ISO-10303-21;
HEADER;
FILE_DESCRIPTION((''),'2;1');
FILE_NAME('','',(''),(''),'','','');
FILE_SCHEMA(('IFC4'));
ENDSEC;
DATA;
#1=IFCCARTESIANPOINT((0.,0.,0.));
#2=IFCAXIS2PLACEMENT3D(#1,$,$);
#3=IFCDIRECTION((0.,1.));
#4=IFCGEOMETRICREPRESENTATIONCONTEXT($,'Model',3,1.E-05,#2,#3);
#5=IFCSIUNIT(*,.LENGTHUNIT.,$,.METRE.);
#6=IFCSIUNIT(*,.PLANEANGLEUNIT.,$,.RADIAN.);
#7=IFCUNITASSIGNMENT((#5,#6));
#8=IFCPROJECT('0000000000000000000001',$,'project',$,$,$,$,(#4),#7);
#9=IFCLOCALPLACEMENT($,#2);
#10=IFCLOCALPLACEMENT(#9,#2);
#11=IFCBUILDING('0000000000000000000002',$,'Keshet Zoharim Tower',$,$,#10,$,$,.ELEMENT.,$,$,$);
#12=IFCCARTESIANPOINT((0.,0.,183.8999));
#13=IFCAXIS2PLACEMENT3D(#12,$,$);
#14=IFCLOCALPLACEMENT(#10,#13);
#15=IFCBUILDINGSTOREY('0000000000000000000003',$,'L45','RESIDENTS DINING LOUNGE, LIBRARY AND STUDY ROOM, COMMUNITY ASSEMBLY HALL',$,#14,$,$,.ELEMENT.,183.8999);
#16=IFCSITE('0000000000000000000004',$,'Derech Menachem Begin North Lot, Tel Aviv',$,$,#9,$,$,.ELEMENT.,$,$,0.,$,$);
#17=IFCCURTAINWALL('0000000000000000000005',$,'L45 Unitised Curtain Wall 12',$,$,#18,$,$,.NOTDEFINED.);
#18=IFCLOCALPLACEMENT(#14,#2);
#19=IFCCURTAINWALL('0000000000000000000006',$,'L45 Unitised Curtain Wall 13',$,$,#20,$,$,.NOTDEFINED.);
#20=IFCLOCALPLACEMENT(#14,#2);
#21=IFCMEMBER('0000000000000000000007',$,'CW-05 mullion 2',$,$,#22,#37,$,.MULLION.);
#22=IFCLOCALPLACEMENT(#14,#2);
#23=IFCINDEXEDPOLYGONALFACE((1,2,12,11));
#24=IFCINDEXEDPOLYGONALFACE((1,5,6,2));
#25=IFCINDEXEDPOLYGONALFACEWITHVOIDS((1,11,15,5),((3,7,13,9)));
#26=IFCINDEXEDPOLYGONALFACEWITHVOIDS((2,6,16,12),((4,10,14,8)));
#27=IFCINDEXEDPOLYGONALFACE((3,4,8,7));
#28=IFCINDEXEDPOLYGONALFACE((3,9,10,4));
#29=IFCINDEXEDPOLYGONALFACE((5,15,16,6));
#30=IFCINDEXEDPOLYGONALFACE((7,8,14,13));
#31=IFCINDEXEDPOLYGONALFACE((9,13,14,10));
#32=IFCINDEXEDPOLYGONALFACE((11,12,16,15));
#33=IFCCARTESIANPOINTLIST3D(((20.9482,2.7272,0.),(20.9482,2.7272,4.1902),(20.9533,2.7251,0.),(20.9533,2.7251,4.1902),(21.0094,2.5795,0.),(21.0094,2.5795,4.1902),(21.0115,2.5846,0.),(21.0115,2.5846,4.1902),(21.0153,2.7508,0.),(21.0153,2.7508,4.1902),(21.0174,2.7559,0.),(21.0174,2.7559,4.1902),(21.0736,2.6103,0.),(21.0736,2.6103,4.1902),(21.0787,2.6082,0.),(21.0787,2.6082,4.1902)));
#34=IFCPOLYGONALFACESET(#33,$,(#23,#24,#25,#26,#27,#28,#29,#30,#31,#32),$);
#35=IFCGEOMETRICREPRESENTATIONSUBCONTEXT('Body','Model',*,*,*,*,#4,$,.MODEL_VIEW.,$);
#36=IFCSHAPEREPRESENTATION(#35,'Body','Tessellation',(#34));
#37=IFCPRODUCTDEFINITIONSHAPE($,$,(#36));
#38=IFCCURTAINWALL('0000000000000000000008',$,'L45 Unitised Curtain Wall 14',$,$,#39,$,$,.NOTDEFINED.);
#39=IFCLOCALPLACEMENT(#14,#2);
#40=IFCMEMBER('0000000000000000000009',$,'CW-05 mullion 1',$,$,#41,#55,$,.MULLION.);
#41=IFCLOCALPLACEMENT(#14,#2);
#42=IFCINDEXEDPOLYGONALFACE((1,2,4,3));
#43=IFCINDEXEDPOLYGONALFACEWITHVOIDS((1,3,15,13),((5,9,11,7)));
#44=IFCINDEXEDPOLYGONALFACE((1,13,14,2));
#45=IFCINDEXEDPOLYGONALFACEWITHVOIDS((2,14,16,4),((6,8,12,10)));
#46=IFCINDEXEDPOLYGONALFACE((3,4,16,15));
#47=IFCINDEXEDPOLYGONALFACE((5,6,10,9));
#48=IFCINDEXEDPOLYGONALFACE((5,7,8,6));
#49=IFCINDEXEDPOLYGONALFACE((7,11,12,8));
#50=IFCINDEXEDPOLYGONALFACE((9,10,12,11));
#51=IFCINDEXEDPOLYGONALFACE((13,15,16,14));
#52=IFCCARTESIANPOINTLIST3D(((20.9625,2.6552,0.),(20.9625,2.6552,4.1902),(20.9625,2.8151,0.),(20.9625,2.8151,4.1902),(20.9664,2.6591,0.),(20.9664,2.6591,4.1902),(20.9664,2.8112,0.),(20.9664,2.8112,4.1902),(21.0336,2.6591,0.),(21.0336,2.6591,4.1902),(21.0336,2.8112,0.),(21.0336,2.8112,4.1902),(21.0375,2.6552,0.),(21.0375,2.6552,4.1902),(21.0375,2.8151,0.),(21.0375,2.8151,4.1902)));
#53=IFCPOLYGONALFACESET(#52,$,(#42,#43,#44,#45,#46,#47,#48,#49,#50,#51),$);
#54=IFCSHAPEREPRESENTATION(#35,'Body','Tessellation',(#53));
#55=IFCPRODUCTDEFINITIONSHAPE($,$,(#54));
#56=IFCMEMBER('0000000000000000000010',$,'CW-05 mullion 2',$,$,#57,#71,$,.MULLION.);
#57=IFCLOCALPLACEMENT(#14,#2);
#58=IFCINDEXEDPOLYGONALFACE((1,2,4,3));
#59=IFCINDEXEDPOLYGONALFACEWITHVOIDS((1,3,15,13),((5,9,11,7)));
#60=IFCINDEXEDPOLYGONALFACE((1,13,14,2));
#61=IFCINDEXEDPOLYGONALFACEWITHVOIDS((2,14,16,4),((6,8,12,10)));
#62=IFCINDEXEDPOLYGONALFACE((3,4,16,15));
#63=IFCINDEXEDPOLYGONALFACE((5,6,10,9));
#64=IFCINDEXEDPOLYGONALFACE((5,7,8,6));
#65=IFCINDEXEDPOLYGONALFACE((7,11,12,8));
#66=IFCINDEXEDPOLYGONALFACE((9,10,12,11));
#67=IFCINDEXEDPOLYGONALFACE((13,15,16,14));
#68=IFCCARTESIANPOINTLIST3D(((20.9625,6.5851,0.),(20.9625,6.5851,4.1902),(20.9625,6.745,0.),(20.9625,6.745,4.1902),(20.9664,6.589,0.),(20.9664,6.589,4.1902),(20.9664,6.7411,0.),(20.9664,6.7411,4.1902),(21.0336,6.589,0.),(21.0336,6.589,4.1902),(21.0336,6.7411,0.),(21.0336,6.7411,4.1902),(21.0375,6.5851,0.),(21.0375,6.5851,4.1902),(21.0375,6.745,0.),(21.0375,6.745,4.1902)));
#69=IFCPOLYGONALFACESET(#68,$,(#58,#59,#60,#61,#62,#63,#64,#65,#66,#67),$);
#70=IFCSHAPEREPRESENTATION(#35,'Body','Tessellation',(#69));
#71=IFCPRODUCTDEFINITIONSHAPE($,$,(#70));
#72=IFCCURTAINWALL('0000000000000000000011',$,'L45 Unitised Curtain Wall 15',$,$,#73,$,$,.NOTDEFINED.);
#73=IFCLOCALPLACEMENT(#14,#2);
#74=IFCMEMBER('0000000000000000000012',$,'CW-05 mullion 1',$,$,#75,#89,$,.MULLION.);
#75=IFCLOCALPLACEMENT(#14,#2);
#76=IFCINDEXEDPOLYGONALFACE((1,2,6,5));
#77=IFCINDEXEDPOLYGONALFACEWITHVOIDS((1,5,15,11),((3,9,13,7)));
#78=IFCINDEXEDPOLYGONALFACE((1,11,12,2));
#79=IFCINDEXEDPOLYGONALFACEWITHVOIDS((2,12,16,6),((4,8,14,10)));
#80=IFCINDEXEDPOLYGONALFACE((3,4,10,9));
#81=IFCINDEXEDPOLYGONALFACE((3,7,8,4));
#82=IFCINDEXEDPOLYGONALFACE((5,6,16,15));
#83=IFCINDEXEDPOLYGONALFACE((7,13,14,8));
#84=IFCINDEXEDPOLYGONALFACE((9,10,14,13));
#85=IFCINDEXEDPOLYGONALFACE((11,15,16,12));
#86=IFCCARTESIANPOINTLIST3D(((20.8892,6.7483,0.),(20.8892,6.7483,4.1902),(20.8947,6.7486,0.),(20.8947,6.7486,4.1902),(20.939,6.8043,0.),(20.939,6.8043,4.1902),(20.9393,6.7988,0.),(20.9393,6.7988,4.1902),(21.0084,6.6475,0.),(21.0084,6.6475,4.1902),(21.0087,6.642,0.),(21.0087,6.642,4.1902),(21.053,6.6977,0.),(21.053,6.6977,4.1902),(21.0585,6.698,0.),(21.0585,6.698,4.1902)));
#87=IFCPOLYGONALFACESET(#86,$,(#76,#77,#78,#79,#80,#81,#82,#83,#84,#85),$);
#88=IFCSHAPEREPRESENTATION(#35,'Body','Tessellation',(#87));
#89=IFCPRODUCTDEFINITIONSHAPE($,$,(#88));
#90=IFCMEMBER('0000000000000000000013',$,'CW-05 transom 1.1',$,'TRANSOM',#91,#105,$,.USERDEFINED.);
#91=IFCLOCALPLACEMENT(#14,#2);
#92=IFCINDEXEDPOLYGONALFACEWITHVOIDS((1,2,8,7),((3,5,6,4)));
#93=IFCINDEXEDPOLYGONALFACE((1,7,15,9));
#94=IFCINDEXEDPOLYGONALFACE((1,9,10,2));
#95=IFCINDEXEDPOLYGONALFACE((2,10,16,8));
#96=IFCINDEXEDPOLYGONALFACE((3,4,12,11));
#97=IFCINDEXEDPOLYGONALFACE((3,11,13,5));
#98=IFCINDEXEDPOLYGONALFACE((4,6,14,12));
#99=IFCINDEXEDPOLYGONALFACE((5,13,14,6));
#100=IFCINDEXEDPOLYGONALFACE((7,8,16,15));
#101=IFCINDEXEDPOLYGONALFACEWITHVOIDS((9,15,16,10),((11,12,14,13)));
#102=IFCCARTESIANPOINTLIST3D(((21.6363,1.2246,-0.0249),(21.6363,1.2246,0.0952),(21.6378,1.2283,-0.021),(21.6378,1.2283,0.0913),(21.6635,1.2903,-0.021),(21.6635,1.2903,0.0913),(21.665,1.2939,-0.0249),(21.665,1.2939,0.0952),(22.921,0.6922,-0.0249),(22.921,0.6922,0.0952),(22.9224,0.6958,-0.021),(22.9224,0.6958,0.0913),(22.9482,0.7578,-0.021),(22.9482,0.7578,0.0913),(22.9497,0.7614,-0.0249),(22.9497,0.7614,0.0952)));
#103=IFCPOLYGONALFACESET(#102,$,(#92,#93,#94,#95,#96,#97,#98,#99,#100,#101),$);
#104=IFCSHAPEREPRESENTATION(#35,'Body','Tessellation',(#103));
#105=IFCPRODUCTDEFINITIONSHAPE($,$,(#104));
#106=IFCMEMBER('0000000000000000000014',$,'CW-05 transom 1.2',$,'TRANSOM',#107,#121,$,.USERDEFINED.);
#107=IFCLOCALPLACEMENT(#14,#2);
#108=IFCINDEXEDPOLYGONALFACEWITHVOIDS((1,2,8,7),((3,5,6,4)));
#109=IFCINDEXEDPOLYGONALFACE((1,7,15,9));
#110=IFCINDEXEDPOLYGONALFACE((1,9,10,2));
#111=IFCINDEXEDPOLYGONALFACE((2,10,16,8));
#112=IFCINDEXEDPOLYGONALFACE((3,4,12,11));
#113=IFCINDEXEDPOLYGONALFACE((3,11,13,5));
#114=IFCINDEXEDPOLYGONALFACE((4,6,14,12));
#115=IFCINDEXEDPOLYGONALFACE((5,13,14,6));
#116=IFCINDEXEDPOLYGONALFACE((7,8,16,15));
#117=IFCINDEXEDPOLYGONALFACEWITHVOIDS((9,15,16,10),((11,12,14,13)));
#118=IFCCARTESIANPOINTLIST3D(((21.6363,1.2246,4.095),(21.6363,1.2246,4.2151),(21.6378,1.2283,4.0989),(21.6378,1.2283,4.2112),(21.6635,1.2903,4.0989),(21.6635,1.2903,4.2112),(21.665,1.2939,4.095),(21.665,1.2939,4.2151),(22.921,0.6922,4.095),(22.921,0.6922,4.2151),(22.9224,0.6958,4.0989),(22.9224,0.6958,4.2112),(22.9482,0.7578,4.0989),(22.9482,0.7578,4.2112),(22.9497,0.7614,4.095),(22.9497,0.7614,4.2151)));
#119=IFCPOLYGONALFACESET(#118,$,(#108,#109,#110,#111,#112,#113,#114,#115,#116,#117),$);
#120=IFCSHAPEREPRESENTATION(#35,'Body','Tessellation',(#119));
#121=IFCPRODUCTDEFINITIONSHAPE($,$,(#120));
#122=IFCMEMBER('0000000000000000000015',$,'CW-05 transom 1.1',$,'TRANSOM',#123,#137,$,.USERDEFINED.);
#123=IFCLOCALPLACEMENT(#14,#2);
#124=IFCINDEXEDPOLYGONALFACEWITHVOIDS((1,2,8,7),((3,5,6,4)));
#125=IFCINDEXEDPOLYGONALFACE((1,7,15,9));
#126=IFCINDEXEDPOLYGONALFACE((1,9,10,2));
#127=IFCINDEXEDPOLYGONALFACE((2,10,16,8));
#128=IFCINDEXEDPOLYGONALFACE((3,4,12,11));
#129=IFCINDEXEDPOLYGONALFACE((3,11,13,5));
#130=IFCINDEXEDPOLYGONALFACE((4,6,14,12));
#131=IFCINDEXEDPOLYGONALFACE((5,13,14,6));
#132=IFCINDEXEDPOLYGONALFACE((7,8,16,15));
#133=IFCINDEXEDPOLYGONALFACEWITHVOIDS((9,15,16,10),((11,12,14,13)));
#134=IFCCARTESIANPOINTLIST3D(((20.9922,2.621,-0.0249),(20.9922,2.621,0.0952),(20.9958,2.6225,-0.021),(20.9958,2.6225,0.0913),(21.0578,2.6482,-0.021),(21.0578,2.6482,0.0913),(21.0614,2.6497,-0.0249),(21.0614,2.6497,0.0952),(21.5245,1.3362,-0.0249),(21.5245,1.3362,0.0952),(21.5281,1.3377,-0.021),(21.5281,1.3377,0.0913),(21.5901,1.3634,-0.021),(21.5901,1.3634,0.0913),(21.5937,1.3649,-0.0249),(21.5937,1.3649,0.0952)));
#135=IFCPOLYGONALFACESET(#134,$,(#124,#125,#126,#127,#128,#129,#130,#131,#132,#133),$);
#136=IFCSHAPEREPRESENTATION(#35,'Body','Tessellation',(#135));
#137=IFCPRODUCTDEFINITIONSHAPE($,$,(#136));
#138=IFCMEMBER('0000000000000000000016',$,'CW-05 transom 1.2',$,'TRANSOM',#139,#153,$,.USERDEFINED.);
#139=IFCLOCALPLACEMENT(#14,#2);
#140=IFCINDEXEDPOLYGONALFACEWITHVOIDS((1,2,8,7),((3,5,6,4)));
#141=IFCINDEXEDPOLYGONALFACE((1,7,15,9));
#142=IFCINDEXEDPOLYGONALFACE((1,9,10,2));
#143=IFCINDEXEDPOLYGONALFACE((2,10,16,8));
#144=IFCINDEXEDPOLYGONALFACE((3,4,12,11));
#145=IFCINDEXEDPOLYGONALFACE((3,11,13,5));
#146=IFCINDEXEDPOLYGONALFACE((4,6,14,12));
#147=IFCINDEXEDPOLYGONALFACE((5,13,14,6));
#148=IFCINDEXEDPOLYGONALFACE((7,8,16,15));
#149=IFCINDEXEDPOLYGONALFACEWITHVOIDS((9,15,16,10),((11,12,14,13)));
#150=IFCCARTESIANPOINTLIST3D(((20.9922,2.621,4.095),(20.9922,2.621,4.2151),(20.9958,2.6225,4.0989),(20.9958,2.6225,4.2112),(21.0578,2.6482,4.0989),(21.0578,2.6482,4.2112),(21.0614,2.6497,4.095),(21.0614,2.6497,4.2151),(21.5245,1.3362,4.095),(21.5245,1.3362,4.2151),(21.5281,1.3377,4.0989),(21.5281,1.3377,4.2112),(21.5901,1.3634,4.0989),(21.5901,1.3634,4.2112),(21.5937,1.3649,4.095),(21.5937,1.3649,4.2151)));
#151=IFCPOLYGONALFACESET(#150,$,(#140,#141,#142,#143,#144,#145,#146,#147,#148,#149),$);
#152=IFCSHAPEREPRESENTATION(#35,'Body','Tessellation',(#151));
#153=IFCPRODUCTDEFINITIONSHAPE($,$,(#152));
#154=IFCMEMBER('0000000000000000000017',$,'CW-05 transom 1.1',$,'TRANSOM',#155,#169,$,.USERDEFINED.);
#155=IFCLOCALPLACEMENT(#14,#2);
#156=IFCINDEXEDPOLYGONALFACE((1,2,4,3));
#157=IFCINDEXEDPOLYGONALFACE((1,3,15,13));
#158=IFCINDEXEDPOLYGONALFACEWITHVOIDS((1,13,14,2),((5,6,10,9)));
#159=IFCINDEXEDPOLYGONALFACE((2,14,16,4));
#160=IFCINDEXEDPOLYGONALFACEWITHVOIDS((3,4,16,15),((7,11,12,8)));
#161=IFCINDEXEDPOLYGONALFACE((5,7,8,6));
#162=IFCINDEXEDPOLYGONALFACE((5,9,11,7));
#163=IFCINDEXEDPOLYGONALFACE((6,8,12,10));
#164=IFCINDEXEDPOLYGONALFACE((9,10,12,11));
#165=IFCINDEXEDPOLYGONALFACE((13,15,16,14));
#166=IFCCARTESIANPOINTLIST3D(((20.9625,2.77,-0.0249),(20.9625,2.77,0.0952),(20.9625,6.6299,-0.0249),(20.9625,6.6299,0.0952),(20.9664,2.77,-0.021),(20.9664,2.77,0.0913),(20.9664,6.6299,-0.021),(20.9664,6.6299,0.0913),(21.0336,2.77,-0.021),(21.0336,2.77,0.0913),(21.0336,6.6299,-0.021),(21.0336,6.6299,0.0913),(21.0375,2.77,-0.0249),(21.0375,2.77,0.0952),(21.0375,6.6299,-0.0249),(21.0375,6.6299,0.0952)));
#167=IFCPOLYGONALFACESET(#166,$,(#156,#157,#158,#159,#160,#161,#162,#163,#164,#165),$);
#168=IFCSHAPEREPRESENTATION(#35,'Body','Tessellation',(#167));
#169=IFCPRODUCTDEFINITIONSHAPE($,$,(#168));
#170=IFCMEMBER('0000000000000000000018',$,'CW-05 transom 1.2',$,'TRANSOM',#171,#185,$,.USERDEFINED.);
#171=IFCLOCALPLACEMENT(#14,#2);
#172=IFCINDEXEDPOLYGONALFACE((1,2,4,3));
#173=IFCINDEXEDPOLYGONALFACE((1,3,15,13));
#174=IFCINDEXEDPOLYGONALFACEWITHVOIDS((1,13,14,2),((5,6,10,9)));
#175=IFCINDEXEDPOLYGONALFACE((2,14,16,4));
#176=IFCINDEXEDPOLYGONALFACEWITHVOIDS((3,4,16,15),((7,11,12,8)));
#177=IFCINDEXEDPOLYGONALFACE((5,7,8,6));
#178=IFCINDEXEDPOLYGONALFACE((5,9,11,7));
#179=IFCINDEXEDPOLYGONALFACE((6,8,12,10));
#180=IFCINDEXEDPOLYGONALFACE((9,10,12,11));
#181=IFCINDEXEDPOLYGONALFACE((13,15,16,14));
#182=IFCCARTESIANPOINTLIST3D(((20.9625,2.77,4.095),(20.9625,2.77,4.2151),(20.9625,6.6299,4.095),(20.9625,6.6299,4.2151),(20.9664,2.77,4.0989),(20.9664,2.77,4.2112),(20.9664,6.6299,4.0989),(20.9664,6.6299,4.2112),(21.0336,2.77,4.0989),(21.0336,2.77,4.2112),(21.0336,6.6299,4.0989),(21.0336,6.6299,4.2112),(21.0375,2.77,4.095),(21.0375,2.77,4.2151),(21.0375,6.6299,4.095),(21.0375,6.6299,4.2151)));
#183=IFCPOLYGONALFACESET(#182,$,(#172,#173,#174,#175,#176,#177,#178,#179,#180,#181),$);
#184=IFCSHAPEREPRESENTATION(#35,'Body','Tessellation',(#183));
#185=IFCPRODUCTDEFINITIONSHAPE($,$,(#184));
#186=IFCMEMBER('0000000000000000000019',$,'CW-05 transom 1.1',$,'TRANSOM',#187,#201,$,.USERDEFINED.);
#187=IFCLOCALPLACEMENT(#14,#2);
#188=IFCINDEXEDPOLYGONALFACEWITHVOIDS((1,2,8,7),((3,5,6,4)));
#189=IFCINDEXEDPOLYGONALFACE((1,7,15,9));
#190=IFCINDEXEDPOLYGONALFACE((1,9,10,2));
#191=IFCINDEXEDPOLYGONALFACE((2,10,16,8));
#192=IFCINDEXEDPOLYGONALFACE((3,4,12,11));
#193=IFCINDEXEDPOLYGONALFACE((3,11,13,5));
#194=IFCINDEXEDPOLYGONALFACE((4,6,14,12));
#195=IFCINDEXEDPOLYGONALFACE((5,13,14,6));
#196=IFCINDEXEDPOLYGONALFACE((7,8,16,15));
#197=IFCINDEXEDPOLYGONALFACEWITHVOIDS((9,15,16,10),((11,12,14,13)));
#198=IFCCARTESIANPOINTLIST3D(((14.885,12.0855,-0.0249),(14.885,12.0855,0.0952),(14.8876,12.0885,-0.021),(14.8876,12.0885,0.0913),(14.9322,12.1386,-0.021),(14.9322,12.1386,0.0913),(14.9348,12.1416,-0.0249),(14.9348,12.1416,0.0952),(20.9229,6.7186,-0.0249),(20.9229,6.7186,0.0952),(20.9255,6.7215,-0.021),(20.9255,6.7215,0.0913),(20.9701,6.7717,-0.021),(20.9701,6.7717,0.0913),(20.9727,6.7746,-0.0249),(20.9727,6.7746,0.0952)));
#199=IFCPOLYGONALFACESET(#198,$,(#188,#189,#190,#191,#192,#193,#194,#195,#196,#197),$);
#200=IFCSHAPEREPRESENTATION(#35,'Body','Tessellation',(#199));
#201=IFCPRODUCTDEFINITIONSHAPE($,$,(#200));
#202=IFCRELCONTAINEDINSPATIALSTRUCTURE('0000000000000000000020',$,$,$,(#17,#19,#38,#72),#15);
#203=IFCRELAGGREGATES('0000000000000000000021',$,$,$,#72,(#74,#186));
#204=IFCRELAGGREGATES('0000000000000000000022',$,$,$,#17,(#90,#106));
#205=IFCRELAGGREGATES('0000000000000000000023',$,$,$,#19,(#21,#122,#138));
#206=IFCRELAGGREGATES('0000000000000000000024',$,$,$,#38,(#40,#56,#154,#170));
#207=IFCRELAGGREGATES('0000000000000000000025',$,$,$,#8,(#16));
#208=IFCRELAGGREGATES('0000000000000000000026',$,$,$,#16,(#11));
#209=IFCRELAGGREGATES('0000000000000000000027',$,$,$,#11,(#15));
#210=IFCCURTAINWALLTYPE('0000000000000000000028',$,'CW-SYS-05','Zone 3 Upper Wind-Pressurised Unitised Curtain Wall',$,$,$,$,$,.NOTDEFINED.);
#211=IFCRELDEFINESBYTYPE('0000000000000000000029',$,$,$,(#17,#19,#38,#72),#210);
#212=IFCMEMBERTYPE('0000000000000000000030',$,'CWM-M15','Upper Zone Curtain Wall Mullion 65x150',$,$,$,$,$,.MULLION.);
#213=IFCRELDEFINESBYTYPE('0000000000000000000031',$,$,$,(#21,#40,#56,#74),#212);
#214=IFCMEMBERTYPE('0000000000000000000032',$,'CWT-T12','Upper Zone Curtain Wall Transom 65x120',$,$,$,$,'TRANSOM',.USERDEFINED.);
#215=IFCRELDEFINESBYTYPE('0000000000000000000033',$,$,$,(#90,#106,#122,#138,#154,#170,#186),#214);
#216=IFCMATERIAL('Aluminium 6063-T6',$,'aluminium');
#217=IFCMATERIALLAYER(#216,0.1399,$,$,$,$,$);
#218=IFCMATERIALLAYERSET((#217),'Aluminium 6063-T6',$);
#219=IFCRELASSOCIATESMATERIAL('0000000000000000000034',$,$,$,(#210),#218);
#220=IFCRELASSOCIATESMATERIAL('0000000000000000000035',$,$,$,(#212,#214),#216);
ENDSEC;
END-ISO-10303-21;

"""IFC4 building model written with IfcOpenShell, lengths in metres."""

from ifc_helpers import new_model, si_unit, direction, frame, origin, origin_2d, place, context, subcontext, project, spatial, hollow_rectangle, extrude, material, layer, layer_set, material_profile, profile_set, type_object, element, aggregate, save


model = new_model("IFC4")

# Units and contexts
model_context = context("Model", 3, precision=1e-05, world=origin(), true_north=direction((0.0, 1.0)))
body_context = subcontext(model_context, "Body", "Model", "MODEL_VIEW")
ifc_project = project(units=[si_unit("LENGTHUNIT", "METRE"), si_unit("PLANEANGLEUNIT", "RADIAN")], contexts=[model_context])

# Site, building, storey
site_placement = place(None, origin())
site = spatial("IfcSite", under=ifc_project, at=site_placement, Name="Derech Menachem Begin North Lot, Tel Aviv", CompositionType="ELEMENT", RefElevation=0.0)
building_placement = place(site_placement, origin())
building = spatial("IfcBuilding", under=site, at=building_placement, Name="Keshet Zoharim Tower", CompositionType="ELEMENT")
storey_placement = place(building_placement, frame((0.0, 0.0, 183.8999)))
storey = spatial("IfcBuildingStorey", under=building, at=storey_placement, Name="L45", Description="RESIDENTS DINING LOUNGE, LIBRARY AND STUDY ROOM, COMMUNITY ASSEMBLY HALL", CompositionType="ELEMENT", Elevation=183.8999)

# Shared definitions
ifc_material_1 = material(Name="Aluminium 6063-T6", Category="aluminium")
ifc_layer_1 = layer(ifc_material_1, 0.1399)
ifc_layer_set_1 = layer_set([ifc_layer_1], Name="Aluminium 6063-T6")
curtain_wall_type = type_object("IfcCurtainWallType", Name="CW-SYS-05", Description="Zone 3 Upper Wind-Pressurised Unitised Curtain Wall", PredefinedType="NOTDEFINED", material=ifc_layer_set_1)
ifc_material_profile_1 = material_profile(ifc_material_1, hollow_rectangle(XDim=0.075, YDim=0.1599, WallThickness=0.0039, at=origin_2d()), Name="MUL-75x160")
ifc_profile_set_1 = profile_set([ifc_material_profile_1], Name="Aluminium 6063-T6")
member_type_1 = type_object("IfcMemberType", Name="CWM-M15", Description="Upper Zone Curtain Wall Mullion 65x150", PredefinedType="MULLION", material=ifc_profile_set_1)

# Curtain walls, members
curtain_wall_1_placement = place(storey_placement, origin())
curtain_wall_1 = element("IfcCurtainWall", 1, at=curtain_wall_1_placement, inside=storey, type_object=curtain_wall_type, Name="L45 Unitised Curtain Wall 12", PredefinedType="NOTDEFINED")
curtain_wall_2_placement = place(storey_placement, origin())
curtain_wall_2 = element("IfcCurtainWall", 2, at=curtain_wall_2_placement, inside=storey, type_object=curtain_wall_type, Name="L45 Unitised Curtain Wall 13", PredefinedType="NOTDEFINED")
member_1_placement = place(storey_placement, frame((21.0134, 2.6677, 0.0), z_axis=(0.0, 0.0, 1.0), x_axis=(-0.92381, -0.382852, 0.0)))
member_1 = element("IfcMember", 3, at=member_1_placement, type_object=member_type_1, Name="CW-05 mullion 2", PredefinedType="MULLION", context=body_context, shape_type="SweptSolid", body=[
    extrude(hollow_rectangle(XDim=0.075, YDim=0.1599, WallThickness=0.0039, at=origin_2d()), origin(), (0.0, 0.0, 1.0), 4.1902),
])
curtain_wall_3_placement = place(storey_placement, origin())
curtain_wall_3 = element("IfcCurtainWall", 4, at=curtain_wall_3_placement, inside=storey, type_object=curtain_wall_type, Name="L45 Unitised Curtain Wall 14", PredefinedType="NOTDEFINED")
member_2_placement = place(storey_placement, frame((21.0, 2.7351, 0.0), z_axis=(0.0, 0.0, 1.0), x_axis=(-1.0, 0.0, 0.0)))
member_2 = element("IfcMember", 5, at=member_2_placement, type_object=member_type_1, Name="CW-05 mullion 1", PredefinedType="MULLION", context=body_context, shape_type="SweptSolid", body=[
    extrude(hollow_rectangle(XDim=0.075, YDim=0.1599, WallThickness=0.0039, at=origin_2d()), origin(), (0.0, 0.0, 1.0), 4.1902),
])
member_3_placement = place(storey_placement, frame((21.0, 6.665, 0.0), z_axis=(0.0, 0.0, 1.0), x_axis=(-1.0, 0.0, 0.0)))
member_3 = element("IfcMember", 6, at=member_3_placement, type_object=member_type_1, Name="CW-05 mullion 2", PredefinedType="MULLION", context=body_context, shape_type="SweptSolid", body=[
    extrude(hollow_rectangle(XDim=0.075, YDim=0.1599, WallThickness=0.0039, at=origin_2d()), origin(), (0.0, 0.0, 1.0), 4.1902),
])

# Curtain wall, member
curtain_wall_4_placement = place(storey_placement, origin())
curtain_wall_4 = element("IfcCurtainWall", 7, at=curtain_wall_4_placement, inside=storey, type_object=curtain_wall_type, Name="L45 Unitised Curtain Wall 15", PredefinedType="NOTDEFINED")
member_4_placement = place(storey_placement, frame((20.9739, 6.7231, 0.0), z_axis=(0.0, 0.0, 1.0), x_axis=(-0.664364, -0.747409, 0.0)))
member_4 = element("IfcMember", 8, at=member_4_placement, type_object=member_type_1, Name="CW-05 mullion 1", PredefinedType="MULLION", context=body_context, shape_type="SweptSolid", body=[
    extrude(hollow_rectangle(XDim=0.075, YDim=0.1599, WallThickness=0.0039, at=origin_2d()), origin(), (0.0, 0.0, 1.0), 4.1902),
])

# Members
ifc_material_profile_2 = material_profile(ifc_material_1, hollow_rectangle(XDim=0.075, YDim=0.1201, WallThickness=0.0039, at=origin_2d()), Name="TRN-75x120")
ifc_profile_set_2 = profile_set([ifc_material_profile_2], Name="Aluminium 6063-T6")
member_type_2 = type_object("IfcMemberType", Name="CWT-T12", Description="Upper Zone Curtain Wall Transom 65x120", ElementType="TRANSOM", PredefinedType="USERDEFINED", material=ifc_profile_set_2)
member_5_placement = place(storey_placement, frame((22.9353, 0.7268, 0.0352), z_axis=(-0.923792, 0.382894, 0.0), x_axis=(-0.382894, -0.923792, 0.0)))
member_5 = element("IfcMember", 9, at=member_5_placement, type_object=member_type_2, Name="CW-05 transom 1.1", ObjectType="TRANSOM", PredefinedType="USERDEFINED", context=body_context, shape_type="SweptSolid", body=[
    extrude(hollow_rectangle(XDim=0.075, YDim=0.1201, WallThickness=0.0039, at=origin_2d()), origin(), (0.0, 0.0, 1.0), 1.3906),
])
member_6_placement = place(storey_placement, frame((22.9353, 0.7268, 4.155), z_axis=(-0.923792, 0.382894, 0.0), x_axis=(-0.382894, -0.923792, 0.0)))
member_6 = element("IfcMember", 10, at=member_6_placement, type_object=member_type_2, Name="CW-05 transom 1.2", ObjectType="TRANSOM", PredefinedType="USERDEFINED", context=body_context, shape_type="SweptSolid", body=[
    extrude(hollow_rectangle(XDim=0.075, YDim=0.1201, WallThickness=0.0039, at=origin_2d()), origin(), (0.0, 0.0, 1.0), 1.3906),
])
member_7_placement = place(storey_placement, frame((21.5591, 1.3506, 0.0352), z_axis=(-0.382745, 0.923854, 0.0), x_axis=(-0.923854, -0.382745, 0.0)))
member_7 = element("IfcMember", 11, at=member_7_placement, type_object=member_type_2, Name="CW-05 transom 1.1", ObjectType="TRANSOM", PredefinedType="USERDEFINED", context=body_context, shape_type="SweptSolid", body=[
    extrude(hollow_rectangle(XDim=0.075, YDim=0.1201, WallThickness=0.0039, at=origin_2d()), origin(), (0.0, 0.0, 1.0), 1.3906),
])
member_8_placement = place(storey_placement, frame((21.5591, 1.3506, 4.155), z_axis=(-0.382745, 0.923854, 0.0), x_axis=(-0.923854, -0.382745, 0.0)))
member_8 = element("IfcMember", 12, at=member_8_placement, type_object=member_type_2, Name="CW-05 transom 1.2", ObjectType="TRANSOM", PredefinedType="USERDEFINED", context=body_context, shape_type="SweptSolid", body=[
    extrude(hollow_rectangle(XDim=0.075, YDim=0.1201, WallThickness=0.0039, at=origin_2d()), origin(), (0.0, 0.0, 1.0), 1.3906),
])
member_9_placement = place(storey_placement, frame((21.0, 2.77, 0.0352), z_axis=(0.0, 1.0, 0.0), x_axis=(-1.0, 0.0, 0.0)))
member_9 = element("IfcMember", 13, at=member_9_placement, type_object=member_type_2, Name="CW-05 transom 1.1", ObjectType="TRANSOM", PredefinedType="USERDEFINED", context=body_context, shape_type="SweptSolid", body=[
    extrude(hollow_rectangle(XDim=0.075, YDim=0.1201, WallThickness=0.0039, at=origin_2d()), origin(), (0.0, 0.0, 1.0), 3.8599),
])
member_10_placement = place(storey_placement, frame((21.0, 2.77, 4.155), z_axis=(0.0, 1.0, 0.0), x_axis=(-1.0, 0.0, 0.0)))
member_10 = element("IfcMember", 14, at=member_10_placement, type_object=member_type_2, Name="CW-05 transom 1.2", ObjectType="TRANSOM", PredefinedType="USERDEFINED", context=body_context, shape_type="SweptSolid", body=[
    extrude(hollow_rectangle(XDim=0.075, YDim=0.1201, WallThickness=0.0039, at=origin_2d()), origin(), (0.0, 0.0, 1.0), 3.8599),
])
member_11_placement = place(storey_placement, frame((20.9478, 6.7466, 0.0352), z_axis=(-0.747411, 0.664362, 0.0), x_axis=(-0.664362, -0.747411, 0.0)))
member_11 = element("IfcMember", 15, at=member_11_placement, type_object=member_type_2, Name="CW-05 transom 1.1", ObjectType="TRANSOM", PredefinedType="USERDEFINED", context=body_context, shape_type="SweptSolid", body=[
    extrude(hollow_rectangle(XDim=0.075, YDim=0.1201, WallThickness=0.0039, at=origin_2d()), origin(), (0.0, 0.0, 1.0), 8.0784),
])
aggregate(curtain_wall_4, [member_4, member_11])

aggregate(curtain_wall_1, [member_5, member_6])
aggregate(curtain_wall_2, [member_1, member_7, member_8])
aggregate(curtain_wall_3, [member_2, member_3, member_9, member_10])

save(model, "model.ifc")
